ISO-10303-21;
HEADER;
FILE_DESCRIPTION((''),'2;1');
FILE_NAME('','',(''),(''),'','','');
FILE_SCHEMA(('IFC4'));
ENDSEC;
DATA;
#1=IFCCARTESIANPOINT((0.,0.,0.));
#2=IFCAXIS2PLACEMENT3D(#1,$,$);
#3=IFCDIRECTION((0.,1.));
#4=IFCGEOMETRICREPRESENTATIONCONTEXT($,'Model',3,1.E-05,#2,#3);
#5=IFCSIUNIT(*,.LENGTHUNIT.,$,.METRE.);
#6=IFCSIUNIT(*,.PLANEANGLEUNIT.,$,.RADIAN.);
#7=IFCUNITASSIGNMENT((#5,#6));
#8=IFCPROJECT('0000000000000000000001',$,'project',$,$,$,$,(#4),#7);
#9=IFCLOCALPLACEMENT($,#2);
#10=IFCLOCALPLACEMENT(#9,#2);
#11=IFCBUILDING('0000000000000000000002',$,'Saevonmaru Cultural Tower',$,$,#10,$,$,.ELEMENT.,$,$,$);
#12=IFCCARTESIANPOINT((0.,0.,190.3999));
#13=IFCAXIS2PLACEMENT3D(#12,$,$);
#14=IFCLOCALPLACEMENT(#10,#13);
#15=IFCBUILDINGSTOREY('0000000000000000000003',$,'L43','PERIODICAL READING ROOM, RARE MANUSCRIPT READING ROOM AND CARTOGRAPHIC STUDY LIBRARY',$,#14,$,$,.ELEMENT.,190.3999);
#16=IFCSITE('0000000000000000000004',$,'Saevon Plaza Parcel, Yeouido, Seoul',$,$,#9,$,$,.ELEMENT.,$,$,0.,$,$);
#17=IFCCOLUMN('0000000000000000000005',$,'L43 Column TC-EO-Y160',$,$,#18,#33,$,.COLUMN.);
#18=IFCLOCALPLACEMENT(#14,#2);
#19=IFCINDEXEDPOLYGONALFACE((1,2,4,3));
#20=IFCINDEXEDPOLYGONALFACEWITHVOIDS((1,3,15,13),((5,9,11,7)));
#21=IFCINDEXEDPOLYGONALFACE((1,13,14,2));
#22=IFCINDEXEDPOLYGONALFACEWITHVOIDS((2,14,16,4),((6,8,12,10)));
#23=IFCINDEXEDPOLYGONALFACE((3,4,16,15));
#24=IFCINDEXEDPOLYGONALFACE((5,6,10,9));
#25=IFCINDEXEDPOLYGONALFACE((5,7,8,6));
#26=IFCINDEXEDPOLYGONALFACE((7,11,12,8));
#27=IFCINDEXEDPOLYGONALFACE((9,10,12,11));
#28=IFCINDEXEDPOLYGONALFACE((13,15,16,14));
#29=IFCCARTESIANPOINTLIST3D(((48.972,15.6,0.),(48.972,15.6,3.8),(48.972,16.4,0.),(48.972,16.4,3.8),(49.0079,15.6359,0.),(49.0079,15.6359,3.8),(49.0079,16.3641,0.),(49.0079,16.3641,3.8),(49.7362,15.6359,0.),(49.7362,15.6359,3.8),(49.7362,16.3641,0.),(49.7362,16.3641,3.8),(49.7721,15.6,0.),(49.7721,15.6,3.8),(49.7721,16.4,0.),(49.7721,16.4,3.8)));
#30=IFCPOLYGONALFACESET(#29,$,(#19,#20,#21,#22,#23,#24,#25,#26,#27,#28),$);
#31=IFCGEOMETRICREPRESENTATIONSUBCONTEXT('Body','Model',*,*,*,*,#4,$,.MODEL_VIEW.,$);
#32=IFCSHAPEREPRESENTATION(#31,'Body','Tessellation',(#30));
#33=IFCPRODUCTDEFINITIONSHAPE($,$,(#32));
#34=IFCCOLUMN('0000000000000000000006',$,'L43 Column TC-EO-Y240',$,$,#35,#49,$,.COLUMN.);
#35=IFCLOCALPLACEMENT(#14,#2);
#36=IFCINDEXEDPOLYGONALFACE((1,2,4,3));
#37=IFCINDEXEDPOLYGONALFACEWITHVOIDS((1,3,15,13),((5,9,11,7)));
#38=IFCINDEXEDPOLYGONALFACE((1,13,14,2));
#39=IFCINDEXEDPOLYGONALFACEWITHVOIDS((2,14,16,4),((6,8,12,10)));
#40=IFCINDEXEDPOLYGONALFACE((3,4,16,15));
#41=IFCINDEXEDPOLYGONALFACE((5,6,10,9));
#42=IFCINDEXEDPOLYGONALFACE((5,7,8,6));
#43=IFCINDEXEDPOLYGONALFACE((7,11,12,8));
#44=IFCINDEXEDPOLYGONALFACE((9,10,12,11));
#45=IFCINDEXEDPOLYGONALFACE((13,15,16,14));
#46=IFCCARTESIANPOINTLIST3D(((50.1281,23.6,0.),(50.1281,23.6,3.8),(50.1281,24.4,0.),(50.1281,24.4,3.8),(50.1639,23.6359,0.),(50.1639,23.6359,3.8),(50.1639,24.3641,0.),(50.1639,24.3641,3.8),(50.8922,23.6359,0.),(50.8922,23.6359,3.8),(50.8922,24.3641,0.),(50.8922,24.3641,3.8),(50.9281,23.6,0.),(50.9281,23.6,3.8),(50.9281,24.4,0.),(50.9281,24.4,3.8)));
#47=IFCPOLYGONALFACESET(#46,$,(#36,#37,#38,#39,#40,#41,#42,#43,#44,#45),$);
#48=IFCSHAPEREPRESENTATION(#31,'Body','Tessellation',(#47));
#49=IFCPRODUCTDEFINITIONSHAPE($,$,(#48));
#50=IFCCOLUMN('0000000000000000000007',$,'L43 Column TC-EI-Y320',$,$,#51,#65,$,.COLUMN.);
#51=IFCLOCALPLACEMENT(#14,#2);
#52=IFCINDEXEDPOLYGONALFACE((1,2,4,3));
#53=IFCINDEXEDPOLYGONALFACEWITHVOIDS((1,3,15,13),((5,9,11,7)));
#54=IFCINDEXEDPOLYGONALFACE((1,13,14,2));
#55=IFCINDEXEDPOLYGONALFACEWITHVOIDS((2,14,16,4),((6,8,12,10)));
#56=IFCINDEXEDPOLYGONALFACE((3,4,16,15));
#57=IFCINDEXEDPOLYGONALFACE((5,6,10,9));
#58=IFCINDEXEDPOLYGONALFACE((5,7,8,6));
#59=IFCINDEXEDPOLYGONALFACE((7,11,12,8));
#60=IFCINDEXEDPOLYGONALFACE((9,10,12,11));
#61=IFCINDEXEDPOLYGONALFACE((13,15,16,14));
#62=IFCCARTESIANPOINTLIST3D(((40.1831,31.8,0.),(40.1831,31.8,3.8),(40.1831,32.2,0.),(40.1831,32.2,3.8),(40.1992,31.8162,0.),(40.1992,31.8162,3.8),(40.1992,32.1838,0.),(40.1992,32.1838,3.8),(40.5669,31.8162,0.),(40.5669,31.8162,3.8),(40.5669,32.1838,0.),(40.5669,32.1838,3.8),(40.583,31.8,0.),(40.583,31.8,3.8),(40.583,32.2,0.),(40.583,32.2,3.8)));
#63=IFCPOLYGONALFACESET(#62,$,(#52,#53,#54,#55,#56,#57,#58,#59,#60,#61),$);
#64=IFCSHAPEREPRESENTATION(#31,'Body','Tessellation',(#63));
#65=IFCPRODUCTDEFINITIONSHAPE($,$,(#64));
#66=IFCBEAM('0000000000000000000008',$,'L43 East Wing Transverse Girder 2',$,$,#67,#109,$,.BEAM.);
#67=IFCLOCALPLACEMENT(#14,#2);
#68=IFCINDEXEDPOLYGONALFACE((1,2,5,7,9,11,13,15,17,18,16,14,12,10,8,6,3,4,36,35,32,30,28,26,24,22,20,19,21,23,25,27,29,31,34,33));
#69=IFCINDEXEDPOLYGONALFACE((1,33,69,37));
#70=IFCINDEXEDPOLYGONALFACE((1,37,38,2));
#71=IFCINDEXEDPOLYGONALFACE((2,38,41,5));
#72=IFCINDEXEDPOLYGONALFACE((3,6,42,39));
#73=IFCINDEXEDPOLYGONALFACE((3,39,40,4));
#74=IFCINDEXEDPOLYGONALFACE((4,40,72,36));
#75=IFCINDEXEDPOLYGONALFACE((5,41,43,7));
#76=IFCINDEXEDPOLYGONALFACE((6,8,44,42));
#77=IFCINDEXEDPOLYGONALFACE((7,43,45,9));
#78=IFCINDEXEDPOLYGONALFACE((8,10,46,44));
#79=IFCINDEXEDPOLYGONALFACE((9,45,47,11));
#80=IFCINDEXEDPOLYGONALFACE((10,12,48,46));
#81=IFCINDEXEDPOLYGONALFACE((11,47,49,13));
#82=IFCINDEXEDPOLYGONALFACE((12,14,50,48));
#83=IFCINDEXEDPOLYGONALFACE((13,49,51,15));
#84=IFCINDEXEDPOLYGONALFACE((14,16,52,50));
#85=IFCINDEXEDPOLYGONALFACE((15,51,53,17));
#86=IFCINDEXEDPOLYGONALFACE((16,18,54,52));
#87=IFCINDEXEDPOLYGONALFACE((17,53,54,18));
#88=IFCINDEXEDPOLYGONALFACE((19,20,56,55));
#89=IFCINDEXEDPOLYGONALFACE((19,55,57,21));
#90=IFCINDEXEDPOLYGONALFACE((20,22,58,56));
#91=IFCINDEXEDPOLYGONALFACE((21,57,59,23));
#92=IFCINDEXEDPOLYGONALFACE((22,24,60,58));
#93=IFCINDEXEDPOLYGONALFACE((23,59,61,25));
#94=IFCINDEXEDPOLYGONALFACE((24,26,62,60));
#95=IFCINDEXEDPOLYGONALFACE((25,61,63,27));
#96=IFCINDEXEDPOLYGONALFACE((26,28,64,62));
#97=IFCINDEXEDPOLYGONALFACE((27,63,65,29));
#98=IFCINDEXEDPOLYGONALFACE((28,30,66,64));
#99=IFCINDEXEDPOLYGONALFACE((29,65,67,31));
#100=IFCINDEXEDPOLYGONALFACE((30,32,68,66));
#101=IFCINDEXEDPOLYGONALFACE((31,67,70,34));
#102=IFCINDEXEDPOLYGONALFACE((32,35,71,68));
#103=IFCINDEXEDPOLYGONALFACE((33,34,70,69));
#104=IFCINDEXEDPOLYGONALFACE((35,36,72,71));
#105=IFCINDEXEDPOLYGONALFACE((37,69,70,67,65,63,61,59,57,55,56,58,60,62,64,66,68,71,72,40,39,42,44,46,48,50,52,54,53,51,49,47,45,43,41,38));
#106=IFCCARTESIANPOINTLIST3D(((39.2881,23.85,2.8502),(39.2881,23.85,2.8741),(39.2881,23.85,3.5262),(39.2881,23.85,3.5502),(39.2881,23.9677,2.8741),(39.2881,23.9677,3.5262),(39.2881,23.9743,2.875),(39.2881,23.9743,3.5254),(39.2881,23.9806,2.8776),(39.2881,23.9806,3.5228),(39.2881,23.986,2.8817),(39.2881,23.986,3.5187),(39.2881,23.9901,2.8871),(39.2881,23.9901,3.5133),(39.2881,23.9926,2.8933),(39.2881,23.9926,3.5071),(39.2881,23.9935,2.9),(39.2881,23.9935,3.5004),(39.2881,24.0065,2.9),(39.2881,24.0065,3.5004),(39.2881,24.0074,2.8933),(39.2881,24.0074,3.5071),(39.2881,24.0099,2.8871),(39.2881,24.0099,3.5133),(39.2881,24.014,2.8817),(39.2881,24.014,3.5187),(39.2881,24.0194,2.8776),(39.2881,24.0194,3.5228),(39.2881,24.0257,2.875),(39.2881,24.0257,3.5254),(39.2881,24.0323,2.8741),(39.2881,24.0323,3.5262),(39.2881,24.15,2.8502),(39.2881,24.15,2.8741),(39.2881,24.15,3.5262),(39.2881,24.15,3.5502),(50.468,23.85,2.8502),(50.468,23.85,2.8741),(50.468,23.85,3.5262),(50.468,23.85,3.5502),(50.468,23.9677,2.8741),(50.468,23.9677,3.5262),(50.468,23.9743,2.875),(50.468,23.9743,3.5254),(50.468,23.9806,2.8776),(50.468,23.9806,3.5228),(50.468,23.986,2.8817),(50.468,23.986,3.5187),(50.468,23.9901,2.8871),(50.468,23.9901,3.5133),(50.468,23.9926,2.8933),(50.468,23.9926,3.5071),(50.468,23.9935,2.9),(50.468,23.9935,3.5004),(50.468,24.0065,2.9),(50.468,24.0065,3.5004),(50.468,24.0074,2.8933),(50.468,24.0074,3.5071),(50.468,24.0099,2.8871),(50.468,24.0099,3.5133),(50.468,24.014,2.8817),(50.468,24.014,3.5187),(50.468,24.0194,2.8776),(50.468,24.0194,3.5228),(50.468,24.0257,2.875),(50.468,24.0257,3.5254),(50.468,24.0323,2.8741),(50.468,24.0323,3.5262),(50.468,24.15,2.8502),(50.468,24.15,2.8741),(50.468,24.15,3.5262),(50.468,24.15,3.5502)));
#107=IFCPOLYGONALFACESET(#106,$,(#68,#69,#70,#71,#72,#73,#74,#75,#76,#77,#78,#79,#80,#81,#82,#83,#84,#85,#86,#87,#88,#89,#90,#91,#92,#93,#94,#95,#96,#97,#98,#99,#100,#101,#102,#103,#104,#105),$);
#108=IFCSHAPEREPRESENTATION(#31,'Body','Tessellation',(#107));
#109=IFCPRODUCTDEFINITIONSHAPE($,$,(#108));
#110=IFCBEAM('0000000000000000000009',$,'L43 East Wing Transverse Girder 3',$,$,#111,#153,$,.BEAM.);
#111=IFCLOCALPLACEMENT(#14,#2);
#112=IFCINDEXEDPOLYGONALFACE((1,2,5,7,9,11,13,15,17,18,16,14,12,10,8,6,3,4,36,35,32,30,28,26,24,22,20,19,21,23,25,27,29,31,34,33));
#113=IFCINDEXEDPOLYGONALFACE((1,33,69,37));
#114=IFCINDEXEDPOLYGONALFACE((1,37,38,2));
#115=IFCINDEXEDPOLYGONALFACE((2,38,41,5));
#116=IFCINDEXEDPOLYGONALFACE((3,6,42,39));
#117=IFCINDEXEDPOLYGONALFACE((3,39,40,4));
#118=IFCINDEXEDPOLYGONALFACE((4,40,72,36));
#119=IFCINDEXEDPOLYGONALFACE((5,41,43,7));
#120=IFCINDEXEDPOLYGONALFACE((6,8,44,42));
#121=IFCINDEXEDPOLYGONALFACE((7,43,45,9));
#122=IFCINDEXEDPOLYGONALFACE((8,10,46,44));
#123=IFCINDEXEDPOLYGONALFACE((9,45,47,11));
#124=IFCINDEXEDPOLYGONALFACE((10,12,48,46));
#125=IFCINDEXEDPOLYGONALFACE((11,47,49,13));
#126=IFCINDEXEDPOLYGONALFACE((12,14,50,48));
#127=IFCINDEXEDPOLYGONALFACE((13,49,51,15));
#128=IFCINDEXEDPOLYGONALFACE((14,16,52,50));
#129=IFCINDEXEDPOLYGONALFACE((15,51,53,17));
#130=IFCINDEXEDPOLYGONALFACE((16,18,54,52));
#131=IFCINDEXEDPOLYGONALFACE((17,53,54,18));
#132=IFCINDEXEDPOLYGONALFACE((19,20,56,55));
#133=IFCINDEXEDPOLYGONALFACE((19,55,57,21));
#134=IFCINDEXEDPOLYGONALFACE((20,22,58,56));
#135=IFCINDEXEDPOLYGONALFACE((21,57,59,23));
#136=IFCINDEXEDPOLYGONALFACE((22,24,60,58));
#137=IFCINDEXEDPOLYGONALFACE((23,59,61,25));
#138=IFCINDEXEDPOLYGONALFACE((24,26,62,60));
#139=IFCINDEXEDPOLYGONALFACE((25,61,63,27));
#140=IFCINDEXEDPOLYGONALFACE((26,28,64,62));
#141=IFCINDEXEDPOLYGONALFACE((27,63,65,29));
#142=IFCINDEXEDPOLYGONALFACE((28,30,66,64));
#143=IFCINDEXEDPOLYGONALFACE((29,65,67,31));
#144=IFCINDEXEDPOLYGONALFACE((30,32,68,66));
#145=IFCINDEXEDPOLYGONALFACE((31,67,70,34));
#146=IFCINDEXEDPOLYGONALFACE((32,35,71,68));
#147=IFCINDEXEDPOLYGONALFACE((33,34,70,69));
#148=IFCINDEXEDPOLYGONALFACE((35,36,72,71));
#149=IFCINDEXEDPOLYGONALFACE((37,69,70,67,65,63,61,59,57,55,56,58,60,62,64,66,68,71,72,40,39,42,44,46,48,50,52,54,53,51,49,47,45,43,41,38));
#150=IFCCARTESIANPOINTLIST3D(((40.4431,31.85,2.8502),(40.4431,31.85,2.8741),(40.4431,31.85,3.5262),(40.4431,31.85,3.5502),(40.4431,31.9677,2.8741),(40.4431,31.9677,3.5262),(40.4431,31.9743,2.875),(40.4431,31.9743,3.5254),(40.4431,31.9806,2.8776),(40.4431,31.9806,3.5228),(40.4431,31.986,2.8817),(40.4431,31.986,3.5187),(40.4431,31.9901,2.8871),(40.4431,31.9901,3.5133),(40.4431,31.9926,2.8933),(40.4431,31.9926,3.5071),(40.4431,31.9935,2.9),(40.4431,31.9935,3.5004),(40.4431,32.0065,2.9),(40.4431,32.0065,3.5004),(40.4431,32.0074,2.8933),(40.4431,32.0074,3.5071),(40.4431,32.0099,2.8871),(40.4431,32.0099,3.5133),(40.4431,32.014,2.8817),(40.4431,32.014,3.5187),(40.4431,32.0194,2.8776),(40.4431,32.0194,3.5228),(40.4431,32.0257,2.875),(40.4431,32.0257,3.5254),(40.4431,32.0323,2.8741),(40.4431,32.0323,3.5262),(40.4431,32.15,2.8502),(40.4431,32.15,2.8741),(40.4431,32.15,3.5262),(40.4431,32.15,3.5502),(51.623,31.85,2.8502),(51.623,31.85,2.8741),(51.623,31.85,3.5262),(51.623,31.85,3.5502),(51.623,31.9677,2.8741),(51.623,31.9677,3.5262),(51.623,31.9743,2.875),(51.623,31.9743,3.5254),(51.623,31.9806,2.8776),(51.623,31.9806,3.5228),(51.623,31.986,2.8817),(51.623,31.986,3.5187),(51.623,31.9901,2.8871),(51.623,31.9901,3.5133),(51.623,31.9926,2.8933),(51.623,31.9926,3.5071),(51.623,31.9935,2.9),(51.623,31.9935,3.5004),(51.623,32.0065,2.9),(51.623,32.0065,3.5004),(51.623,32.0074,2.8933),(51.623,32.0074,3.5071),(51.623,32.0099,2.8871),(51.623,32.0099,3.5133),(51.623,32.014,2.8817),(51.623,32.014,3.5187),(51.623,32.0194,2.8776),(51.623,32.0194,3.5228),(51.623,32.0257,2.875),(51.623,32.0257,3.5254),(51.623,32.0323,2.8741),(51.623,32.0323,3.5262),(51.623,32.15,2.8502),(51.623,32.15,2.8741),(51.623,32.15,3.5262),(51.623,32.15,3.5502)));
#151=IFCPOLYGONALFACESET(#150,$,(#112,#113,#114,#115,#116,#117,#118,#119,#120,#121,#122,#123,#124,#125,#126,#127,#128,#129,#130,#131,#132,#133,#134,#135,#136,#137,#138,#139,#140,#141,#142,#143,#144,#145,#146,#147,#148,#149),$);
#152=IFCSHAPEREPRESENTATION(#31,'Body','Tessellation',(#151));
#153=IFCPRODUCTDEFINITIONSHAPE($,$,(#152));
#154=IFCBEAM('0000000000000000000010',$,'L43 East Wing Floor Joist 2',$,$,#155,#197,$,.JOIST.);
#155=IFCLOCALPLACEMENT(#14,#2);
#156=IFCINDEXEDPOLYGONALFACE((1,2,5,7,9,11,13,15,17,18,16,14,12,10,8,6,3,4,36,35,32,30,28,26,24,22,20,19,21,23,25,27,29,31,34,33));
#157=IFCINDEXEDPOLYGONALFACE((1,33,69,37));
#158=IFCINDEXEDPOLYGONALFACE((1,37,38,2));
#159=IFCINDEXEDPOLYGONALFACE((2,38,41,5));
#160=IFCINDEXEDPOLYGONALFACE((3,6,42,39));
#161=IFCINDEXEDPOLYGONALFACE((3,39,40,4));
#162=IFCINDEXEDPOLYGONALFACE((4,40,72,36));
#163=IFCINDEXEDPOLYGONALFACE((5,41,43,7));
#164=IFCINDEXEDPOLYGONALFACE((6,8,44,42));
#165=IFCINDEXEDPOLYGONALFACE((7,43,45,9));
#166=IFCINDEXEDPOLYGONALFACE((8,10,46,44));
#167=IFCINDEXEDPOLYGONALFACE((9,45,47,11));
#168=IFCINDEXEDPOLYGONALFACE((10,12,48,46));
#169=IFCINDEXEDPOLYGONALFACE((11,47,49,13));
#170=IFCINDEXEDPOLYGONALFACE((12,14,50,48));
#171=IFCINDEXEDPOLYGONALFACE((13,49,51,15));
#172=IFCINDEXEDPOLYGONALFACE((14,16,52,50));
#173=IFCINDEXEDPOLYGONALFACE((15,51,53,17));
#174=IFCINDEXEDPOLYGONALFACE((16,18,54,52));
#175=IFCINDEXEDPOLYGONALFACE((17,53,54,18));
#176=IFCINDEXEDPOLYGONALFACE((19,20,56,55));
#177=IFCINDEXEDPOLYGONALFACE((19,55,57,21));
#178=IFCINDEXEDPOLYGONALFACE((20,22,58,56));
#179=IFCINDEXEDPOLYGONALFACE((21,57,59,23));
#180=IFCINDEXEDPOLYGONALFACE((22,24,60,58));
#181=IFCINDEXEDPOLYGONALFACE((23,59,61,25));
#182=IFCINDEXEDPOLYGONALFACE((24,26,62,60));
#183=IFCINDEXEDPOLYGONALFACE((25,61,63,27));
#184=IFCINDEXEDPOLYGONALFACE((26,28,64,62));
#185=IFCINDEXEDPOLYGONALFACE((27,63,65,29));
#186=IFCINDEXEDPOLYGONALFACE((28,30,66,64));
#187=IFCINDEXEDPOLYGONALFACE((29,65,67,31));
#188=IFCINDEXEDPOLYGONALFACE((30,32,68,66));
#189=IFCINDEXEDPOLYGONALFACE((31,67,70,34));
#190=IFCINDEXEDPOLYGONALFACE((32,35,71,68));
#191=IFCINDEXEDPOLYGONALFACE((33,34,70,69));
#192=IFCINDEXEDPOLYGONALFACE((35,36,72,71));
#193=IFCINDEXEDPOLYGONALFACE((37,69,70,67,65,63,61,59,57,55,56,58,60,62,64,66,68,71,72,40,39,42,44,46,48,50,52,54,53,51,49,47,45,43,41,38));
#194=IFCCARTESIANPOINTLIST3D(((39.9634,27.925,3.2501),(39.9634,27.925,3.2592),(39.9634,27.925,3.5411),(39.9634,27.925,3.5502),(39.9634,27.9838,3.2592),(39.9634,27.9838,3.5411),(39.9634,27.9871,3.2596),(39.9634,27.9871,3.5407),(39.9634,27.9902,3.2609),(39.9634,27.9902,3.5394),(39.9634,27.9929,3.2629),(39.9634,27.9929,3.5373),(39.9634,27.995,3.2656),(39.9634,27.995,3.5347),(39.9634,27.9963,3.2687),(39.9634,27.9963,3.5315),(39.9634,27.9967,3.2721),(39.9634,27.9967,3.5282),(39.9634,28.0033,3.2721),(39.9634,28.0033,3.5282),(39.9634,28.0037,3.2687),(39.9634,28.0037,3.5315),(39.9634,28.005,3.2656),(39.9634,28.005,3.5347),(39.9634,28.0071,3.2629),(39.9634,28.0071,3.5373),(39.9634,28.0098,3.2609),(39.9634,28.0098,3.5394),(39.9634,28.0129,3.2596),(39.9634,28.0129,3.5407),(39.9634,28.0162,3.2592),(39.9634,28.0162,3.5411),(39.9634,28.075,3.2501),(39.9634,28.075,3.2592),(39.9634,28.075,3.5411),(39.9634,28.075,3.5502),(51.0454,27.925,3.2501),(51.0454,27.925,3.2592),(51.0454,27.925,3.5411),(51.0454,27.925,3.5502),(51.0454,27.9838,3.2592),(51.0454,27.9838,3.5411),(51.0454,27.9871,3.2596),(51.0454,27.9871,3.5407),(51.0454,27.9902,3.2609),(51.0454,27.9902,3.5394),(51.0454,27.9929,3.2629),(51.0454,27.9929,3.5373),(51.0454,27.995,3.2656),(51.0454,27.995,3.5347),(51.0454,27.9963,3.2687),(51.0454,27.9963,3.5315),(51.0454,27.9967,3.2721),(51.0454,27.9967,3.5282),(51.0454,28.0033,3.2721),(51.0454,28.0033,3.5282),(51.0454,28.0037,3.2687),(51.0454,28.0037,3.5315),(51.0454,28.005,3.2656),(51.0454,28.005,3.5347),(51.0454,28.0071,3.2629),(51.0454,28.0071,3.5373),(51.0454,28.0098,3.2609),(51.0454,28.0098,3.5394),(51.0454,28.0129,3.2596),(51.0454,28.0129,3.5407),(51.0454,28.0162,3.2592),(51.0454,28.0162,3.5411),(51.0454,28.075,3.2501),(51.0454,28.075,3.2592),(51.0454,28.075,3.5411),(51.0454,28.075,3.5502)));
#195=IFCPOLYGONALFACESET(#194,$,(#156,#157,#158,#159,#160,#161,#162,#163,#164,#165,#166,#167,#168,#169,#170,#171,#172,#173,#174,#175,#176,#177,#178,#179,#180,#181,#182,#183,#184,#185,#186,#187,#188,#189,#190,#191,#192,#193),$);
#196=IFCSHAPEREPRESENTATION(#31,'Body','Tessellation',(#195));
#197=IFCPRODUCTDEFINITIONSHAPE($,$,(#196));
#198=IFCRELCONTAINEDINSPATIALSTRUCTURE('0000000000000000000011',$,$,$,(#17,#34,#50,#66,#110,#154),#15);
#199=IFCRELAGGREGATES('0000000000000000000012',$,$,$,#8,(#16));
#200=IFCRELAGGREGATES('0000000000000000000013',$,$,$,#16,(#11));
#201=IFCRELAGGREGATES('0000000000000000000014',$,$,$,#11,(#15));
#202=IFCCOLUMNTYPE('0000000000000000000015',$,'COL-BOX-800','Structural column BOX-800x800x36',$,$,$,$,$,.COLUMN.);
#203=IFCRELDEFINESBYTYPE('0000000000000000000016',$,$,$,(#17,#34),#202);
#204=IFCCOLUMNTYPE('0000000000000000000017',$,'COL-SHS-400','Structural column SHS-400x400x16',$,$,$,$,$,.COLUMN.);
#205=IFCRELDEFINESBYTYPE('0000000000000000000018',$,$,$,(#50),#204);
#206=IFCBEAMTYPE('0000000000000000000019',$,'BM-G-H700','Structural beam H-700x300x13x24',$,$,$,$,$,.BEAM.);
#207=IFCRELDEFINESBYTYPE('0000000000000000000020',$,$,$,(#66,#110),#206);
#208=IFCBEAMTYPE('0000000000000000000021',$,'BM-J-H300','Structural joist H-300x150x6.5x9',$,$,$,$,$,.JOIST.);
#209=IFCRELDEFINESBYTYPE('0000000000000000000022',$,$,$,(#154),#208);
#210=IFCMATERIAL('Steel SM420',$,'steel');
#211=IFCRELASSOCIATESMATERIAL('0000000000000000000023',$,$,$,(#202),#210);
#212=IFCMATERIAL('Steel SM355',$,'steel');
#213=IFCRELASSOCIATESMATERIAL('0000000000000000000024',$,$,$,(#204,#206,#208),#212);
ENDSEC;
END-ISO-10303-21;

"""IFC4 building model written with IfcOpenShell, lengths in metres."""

from ifc_helpers import new_model, si_unit, direction, frame, origin, origin_2d, place, context, subcontext, project, spatial, hollow_rectangle, i_section, extrude, material, material_profile, profile_set, type_object, element, save


model = new_model("IFC4")

# Units and contexts
model_context = context("Model", 3, precision=1e-05, world=origin(), true_north=direction((0.0, 1.0)))
body_context = subcontext(model_context, "Body", "Model", "MODEL_VIEW")
ifc_project = project(units=[si_unit("LENGTHUNIT", "METRE"), si_unit("PLANEANGLEUNIT", "RADIAN")], contexts=[model_context])

# Site, building, storey
site_placement = place(None, origin())
site = spatial("IfcSite", under=ifc_project, at=site_placement, Name="Saevon Plaza Parcel, Yeouido, Seoul", CompositionType="ELEMENT", RefElevation=0.0)
building_placement = place(site_placement, origin())
building = spatial("IfcBuilding", under=site, at=building_placement, Name="Saevonmaru Cultural Tower", CompositionType="ELEMENT")
storey_placement = place(building_placement, frame((0.0, 0.0, 190.3999)))
storey = spatial("IfcBuildingStorey", under=building, at=storey_placement, Name="L43", Description="PERIODICAL READING ROOM, RARE MANUSCRIPT READING ROOM AND CARTOGRAPHIC STUDY LIBRARY", CompositionType="ELEMENT", Elevation=190.3999)

# Columns
ifc_material_1 = material(Name="Steel SM420", Category="steel")
ifc_material_profile_1 = material_profile(ifc_material_1, hollow_rectangle(XDim=0.8, YDim=0.8, WallThickness=0.0359, at=origin_2d()), Name="BOX-800x800x36")
ifc_profile_set_1 = profile_set([ifc_material_profile_1], Name="Steel SM420")
column_type_1 = type_object("IfcColumnType", Name="COL-BOX-800", Description="Structural column BOX-800x800x36", PredefinedType="COLUMN", material=ifc_profile_set_1)
for number, where, z_axis, x_axis, name in (
    (1, (49.3721, 16.0, 0.0), (0.0, 0.0, 1.0), (1.0, 0.0, 0.0), "L43 Column TC-EO-Y160"),
    (2, (50.5281, 24.0, 0.0), (0.0, 0.0, 1.0), (1.0, 0.0, 0.0), "L43 Column TC-EO-Y240"),
):
    element("IfcColumn", number, at=place(storey_placement, frame(where, z_axis=z_axis, x_axis=x_axis)), inside=storey, type_object=column_type_1, Name=name, PredefinedType="COLUMN", context=body_context, shape_type="SweptSolid", body=[
        extrude(hollow_rectangle(XDim=0.8, YDim=0.8, WallThickness=0.0359, at=origin_2d()), origin(), (0.0, 0.0, 1.0), 3.8),
    ])
ifc_material_2 = material(Name="Steel SM355", Category="steel")
ifc_material_profile_2 = material_profile(ifc_material_2, hollow_rectangle(XDim=0.3999, YDim=0.3999, WallThickness=0.0161, at=origin_2d()), Name="SHS-400x400x16")
ifc_profile_set_2 = profile_set([ifc_material_profile_2], Name="Steel SM355")
column_type_2 = type_object("IfcColumnType", Name="COL-SHS-400", Description="Structural column SHS-400x400x16", PredefinedType="COLUMN", material=ifc_profile_set_2)
column_placement = place(storey_placement, frame((40.3831, 32.0, 0.0), z_axis=(0.0, 0.0, 1.0), x_axis=(1.0, 0.0, 0.0)))
element("IfcColumn", 3, at=column_placement, inside=storey, type_object=column_type_2, Name="L43 Column TC-EI-Y320", PredefinedType="COLUMN", context=body_context, shape_type="SweptSolid", body=[
    extrude(hollow_rectangle(XDim=0.3999, YDim=0.3999, WallThickness=0.0161, at=origin_2d()), origin(), (0.0, 0.0, 1.0), 3.8),
])

# Beams
ifc_material_profile_3 = material_profile(ifc_material_2, i_section(OverallWidth=0.3, OverallDepth=0.7, WebThickness=0.0129, FlangeThickness=0.0239, FilletRadius=0.0259, at=origin_2d()), Name="H-700x300x13x24")
ifc_profile_set_3 = profile_set([ifc_material_profile_3], Name="Steel SM355")
beam_type_1 = type_object("IfcBeamType", Name="BM-G-H700", Description="Structural beam H-700x300x13x24", PredefinedType="BEAM", material=ifc_profile_set_3)
for number, where, z_axis, x_axis, name in (
    (4, (39.2881, 24.0, 3.2002), (1.0, 0.0, 0.0), (0.0, 1.0, 0.0), "L43 East Wing Transverse Girder 2"),
    (5, (40.4431, 32.0, 3.2002), (1.0, 0.0, 0.0), (0.0, 1.0, 0.0), "L43 East Wing Transverse Girder 3"),
):
    element("IfcBeam", number, at=place(storey_placement, frame(where, z_axis=z_axis, x_axis=x_axis)), inside=storey, type_object=beam_type_1, Name=name, PredefinedType="BEAM", context=body_context, shape_type="SweptSolid", body=[
        extrude(i_section(OverallWidth=0.3, OverallDepth=0.7, WebThickness=0.0129, FlangeThickness=0.0239, FilletRadius=0.0259, at=origin_2d()), origin(), (0.0, 0.0, 1.0), 11.1799),
    ])
ifc_material_profile_4 = material_profile(ifc_material_2, i_section(OverallWidth=0.1499, OverallDepth=0.3, WebThickness=0.0066, FlangeThickness=0.009, FilletRadius=0.0129, at=origin_2d()), Name="H-300x150x6.5x9")
ifc_profile_set_4 = profile_set([ifc_material_profile_4], Name="Steel SM355")
beam_type_2 = type_object("IfcBeamType", Name="BM-J-H300", Description="Structural joist H-300x150x6.5x9", PredefinedType="JOIST", material=ifc_profile_set_4)
beam_placement = place(storey_placement, frame((39.9634, 28.0, 3.4001), z_axis=(1.0, 0.0, 0.0), x_axis=(0.0, 1.0, 0.0)))
element("IfcBeam", 6, at=beam_placement, inside=storey, type_object=beam_type_2, Name="L43 East Wing Floor Joist 2", PredefinedType="JOIST", context=body_context, shape_type="SweptSolid", body=[
    extrude(i_section(OverallWidth=0.1499, OverallDepth=0.3, WebThickness=0.0066, FlangeThickness=0.009, FilletRadius=0.0129, at=origin_2d()), origin(), (0.0, 0.0, 1.0), 11.082),
])

save(model, "model.ifc")
